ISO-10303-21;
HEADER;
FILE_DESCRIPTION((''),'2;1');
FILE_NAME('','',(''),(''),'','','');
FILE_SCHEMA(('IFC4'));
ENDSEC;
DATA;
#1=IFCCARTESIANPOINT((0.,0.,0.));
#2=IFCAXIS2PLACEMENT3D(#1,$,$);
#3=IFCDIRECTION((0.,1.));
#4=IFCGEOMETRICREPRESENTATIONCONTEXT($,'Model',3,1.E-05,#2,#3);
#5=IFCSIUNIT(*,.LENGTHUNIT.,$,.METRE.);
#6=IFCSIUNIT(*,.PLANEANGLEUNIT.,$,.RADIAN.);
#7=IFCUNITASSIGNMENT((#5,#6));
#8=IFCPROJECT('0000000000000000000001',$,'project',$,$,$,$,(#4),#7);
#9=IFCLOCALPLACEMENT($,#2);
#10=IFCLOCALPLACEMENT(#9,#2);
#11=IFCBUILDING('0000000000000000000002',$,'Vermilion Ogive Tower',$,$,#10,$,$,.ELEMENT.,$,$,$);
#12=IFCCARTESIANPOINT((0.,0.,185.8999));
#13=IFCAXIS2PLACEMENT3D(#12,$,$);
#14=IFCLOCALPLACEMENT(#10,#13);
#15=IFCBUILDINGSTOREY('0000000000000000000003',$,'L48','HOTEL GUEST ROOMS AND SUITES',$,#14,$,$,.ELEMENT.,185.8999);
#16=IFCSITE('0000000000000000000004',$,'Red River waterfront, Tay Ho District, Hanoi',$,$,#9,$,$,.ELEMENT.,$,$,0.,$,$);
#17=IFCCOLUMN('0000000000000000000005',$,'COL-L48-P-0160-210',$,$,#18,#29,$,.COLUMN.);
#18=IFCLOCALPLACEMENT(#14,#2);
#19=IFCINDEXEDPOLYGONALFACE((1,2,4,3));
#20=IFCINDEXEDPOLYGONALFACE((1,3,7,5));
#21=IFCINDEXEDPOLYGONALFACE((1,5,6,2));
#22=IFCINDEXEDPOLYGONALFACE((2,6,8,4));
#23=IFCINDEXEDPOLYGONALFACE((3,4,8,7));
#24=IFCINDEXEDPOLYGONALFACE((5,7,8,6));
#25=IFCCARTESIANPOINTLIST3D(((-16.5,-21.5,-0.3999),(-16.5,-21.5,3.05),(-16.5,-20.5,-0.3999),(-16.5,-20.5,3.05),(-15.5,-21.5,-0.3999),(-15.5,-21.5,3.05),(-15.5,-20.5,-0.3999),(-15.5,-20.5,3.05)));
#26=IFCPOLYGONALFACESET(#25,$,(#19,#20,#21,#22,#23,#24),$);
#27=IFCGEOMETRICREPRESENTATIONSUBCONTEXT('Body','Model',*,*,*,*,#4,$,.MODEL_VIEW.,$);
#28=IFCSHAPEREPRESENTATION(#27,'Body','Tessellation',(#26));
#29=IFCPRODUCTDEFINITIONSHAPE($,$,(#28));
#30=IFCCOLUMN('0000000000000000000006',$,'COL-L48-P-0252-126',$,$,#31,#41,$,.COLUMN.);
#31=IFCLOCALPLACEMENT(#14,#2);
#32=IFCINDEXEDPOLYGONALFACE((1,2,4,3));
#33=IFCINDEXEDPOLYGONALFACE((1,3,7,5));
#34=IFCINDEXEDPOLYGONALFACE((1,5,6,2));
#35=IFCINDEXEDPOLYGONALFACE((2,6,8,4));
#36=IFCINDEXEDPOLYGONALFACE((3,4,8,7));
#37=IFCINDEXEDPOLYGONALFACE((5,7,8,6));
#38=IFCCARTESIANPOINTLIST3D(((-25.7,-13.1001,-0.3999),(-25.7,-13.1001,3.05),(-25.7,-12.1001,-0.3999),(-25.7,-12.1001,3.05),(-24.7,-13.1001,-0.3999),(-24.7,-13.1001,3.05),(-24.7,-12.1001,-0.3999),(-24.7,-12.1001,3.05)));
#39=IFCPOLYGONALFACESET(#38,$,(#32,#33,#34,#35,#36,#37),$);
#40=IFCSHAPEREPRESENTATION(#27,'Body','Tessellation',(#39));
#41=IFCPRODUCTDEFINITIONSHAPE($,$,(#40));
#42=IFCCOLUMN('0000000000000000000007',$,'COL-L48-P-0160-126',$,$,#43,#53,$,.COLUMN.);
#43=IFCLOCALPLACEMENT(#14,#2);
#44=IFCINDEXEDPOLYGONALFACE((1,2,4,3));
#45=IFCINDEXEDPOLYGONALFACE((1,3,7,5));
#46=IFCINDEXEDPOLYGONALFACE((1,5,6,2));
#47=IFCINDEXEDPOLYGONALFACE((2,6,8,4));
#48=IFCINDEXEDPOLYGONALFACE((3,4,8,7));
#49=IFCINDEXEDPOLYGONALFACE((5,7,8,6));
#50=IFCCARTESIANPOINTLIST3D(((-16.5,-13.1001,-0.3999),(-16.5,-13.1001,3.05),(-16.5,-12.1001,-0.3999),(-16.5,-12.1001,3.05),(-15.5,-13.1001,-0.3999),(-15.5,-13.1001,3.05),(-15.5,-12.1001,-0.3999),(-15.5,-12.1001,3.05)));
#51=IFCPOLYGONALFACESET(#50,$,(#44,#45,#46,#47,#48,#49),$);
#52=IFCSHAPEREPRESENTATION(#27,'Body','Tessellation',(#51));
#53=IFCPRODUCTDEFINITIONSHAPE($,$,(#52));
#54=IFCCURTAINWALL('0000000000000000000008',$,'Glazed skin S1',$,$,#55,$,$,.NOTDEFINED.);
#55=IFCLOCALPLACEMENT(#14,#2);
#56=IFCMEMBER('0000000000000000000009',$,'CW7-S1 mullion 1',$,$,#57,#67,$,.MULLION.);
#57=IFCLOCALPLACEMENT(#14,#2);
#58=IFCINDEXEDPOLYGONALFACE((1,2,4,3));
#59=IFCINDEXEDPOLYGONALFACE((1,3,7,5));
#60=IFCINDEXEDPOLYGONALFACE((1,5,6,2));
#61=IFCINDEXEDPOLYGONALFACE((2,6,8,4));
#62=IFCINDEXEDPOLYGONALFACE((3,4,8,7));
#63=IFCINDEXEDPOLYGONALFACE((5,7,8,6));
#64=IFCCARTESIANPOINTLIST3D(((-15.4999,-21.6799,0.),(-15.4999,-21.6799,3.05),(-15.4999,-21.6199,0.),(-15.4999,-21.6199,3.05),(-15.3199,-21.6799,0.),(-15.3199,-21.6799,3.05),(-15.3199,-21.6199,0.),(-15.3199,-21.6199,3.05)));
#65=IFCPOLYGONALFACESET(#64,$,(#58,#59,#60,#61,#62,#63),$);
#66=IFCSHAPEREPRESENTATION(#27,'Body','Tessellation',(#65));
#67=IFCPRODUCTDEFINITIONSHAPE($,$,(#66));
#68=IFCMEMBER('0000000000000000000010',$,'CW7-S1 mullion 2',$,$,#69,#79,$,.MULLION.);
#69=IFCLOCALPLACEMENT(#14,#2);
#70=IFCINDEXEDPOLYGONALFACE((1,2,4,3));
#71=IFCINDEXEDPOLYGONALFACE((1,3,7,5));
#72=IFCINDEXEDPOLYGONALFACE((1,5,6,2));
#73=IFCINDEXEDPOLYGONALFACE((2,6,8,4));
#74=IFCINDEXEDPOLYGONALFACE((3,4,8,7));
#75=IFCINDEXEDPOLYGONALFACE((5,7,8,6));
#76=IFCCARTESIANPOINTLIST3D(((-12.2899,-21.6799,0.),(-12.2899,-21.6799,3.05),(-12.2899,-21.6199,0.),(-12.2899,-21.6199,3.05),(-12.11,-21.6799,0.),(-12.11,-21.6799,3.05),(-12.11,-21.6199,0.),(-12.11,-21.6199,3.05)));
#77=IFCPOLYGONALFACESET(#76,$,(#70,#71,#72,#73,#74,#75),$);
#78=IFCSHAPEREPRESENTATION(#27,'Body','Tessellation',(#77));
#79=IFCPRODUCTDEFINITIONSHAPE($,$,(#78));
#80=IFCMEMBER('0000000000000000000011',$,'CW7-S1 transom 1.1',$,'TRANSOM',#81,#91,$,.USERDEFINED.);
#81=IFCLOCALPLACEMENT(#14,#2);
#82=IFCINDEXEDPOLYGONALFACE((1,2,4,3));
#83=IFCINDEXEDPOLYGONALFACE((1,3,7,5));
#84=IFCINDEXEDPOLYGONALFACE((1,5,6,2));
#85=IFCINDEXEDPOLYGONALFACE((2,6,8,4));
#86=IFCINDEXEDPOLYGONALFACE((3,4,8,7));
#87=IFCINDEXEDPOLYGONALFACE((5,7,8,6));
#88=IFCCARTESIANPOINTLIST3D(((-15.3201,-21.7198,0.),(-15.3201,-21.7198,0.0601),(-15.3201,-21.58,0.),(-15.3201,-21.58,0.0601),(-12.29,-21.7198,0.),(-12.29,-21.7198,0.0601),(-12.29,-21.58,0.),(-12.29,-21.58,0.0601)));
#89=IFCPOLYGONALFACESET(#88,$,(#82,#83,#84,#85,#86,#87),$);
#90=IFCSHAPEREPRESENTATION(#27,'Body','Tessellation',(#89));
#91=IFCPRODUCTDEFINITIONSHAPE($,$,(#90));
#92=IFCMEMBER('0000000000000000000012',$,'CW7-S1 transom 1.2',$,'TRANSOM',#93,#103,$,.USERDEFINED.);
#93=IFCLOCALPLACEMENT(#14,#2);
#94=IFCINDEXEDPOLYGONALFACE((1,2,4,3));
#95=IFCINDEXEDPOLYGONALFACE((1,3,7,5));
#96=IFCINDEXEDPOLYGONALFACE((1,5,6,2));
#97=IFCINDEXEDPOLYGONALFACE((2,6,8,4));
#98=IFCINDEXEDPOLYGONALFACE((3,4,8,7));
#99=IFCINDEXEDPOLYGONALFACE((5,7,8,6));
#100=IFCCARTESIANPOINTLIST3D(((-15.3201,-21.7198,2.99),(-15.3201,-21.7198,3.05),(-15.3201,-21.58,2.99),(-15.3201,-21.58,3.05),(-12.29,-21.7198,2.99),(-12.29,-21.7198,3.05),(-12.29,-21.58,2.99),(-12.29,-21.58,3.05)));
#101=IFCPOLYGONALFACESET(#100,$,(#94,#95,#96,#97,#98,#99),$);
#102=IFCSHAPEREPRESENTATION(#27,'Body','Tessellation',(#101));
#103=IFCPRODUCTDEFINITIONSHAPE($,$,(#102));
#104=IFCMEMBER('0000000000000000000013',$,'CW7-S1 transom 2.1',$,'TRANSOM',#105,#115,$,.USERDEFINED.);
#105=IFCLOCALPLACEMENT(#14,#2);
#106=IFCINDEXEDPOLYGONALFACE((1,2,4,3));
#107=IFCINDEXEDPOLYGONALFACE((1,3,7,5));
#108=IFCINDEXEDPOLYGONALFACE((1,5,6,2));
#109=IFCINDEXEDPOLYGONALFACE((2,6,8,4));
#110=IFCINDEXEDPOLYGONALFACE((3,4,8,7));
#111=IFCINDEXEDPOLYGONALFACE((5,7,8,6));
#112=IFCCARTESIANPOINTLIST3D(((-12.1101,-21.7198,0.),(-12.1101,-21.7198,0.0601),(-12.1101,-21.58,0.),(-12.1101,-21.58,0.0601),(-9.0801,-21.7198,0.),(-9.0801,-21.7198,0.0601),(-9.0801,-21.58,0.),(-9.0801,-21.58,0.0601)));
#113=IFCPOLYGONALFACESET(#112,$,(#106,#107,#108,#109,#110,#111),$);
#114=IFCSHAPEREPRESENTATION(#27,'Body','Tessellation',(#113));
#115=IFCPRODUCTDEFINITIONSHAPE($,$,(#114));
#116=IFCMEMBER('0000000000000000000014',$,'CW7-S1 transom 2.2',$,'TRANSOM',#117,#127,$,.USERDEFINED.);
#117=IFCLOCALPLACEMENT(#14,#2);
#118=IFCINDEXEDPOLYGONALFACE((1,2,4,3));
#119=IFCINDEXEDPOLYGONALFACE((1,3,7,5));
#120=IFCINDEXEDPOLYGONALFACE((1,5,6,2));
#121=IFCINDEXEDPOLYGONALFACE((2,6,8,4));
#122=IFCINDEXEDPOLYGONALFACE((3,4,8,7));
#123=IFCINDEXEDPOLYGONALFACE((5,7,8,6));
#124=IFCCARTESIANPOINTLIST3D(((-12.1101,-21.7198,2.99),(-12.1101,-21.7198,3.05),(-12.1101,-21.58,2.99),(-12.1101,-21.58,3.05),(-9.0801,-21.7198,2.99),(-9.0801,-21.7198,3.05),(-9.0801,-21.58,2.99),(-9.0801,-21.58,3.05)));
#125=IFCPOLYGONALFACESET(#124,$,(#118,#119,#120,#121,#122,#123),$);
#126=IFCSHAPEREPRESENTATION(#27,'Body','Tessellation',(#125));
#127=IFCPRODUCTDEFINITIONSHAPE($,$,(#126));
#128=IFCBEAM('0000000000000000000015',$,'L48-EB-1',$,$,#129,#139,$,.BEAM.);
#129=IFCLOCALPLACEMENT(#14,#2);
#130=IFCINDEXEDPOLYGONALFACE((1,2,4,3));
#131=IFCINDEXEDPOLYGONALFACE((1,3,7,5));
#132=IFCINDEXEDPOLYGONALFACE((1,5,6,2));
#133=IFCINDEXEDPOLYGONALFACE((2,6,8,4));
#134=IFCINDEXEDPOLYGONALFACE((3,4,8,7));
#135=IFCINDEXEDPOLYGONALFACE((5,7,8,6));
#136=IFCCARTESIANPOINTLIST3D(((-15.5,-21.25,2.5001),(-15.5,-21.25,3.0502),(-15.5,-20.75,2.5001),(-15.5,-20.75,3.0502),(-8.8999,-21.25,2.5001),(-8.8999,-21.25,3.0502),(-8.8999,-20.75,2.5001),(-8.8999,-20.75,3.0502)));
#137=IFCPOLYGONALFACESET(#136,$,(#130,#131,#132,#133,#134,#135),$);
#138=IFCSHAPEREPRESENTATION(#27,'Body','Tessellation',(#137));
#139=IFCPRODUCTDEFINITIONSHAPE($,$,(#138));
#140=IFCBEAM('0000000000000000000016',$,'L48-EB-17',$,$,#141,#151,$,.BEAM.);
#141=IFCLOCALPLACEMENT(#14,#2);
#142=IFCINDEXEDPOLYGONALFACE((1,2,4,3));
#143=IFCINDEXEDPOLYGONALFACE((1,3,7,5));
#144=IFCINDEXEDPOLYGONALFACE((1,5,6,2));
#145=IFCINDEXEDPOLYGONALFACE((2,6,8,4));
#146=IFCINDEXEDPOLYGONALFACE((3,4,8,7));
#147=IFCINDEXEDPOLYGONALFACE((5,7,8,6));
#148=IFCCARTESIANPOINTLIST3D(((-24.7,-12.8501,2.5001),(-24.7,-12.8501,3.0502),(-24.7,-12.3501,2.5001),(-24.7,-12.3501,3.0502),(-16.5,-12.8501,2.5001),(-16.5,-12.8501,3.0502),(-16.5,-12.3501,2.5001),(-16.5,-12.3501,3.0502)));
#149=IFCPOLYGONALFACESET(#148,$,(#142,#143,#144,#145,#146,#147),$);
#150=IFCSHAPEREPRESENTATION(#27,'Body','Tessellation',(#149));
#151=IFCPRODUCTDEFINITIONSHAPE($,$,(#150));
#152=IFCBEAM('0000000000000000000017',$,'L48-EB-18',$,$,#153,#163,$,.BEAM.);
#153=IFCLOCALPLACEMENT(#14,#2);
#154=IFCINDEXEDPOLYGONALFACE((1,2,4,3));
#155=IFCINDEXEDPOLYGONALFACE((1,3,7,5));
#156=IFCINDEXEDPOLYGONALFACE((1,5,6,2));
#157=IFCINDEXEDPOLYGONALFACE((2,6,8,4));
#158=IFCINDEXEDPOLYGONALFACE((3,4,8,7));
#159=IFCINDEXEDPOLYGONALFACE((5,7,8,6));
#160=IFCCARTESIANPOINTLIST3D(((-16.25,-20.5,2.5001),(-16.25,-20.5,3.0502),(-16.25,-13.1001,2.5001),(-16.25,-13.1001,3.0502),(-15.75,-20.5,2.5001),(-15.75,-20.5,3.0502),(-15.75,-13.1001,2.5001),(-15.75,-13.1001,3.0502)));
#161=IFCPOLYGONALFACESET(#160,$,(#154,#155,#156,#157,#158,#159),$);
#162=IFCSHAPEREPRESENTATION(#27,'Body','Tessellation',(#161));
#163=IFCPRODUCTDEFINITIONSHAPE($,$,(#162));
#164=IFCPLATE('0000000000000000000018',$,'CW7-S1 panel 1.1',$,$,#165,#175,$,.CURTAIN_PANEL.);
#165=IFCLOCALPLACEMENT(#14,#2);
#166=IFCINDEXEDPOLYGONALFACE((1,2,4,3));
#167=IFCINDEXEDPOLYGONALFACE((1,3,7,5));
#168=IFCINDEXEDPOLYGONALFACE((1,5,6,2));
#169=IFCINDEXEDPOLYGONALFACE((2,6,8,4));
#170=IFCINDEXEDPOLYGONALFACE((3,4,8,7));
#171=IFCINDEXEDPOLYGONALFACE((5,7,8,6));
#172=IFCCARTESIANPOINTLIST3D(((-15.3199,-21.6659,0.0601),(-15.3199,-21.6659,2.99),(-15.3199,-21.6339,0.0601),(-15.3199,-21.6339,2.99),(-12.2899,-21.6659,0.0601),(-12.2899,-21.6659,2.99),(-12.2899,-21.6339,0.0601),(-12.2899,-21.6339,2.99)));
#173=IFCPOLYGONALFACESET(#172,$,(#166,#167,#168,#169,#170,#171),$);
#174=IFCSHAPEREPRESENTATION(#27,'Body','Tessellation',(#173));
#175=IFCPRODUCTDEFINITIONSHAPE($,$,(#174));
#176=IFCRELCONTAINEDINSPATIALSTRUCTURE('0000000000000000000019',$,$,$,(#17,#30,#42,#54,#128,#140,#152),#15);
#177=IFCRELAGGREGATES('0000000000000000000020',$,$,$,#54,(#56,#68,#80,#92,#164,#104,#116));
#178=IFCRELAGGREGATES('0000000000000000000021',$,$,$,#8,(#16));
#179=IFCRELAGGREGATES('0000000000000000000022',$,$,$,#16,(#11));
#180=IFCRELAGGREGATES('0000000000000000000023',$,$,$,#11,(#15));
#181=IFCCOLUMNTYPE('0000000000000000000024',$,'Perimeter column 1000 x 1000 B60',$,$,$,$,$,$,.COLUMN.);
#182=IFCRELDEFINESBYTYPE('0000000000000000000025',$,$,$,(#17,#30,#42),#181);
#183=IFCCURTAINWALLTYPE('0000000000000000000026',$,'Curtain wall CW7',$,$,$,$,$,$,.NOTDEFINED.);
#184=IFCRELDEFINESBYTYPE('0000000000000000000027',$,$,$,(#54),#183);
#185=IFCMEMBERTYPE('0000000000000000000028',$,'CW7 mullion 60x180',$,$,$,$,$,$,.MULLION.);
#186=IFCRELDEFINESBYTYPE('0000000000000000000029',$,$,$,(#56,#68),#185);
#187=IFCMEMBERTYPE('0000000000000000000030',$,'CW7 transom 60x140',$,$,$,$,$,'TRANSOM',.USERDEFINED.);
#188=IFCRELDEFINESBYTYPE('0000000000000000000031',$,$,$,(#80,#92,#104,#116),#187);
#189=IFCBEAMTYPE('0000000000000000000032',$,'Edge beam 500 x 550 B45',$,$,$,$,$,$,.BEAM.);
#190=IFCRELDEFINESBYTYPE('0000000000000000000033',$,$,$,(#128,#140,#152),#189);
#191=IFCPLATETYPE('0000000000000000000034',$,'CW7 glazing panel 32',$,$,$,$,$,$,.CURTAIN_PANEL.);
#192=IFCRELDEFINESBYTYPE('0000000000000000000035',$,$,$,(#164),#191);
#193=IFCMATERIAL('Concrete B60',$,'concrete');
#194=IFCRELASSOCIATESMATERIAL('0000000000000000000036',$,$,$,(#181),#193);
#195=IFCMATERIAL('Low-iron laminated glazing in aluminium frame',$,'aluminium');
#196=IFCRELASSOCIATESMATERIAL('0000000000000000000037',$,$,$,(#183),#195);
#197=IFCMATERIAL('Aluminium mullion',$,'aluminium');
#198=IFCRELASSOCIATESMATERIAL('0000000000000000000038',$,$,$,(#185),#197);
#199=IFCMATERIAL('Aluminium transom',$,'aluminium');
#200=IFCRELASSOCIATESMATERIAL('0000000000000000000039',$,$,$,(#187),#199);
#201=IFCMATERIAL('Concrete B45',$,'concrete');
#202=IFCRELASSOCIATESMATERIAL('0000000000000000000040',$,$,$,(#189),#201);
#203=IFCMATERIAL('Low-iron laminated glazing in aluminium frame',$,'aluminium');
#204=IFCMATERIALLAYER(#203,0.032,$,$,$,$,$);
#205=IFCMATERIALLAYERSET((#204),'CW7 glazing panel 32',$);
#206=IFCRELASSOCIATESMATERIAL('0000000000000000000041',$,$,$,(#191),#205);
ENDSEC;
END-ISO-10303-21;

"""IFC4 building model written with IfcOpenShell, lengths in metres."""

from ifc_helpers import new_model, si_unit, direction, frame, origin, origin_2d, place, context, subcontext, project, spatial, rectangle, extrude, material, layer, layer_set, material_profile, profile_set, type_object, element, aggregate, save


model = new_model("IFC4")

# Units and contexts
model_context = context("Model", 3, precision=1e-05, world=origin(), true_north=direction((0.0, 1.0)))
body_context = subcontext(model_context, "Body", "Model", "MODEL_VIEW")
ifc_project = project(units=[si_unit("LENGTHUNIT", "METRE"), si_unit("PLANEANGLEUNIT", "RADIAN")], contexts=[model_context])

# Site, building, storey
site_placement = place(None, origin())
site = spatial("IfcSite", under=ifc_project, at=site_placement, Name="Red River waterfront, Tay Ho District, Hanoi", CompositionType="ELEMENT", RefElevation=0.0)
building_placement = place(site_placement, origin())
building = spatial("IfcBuilding", under=site, at=building_placement, Name="Vermilion Ogive Tower", CompositionType="ELEMENT")
storey_placement = place(building_placement, frame((0.0, 0.0, 185.8999)))
storey = spatial("IfcBuildingStorey", under=building, at=storey_placement, Name="L48", Description="HOTEL GUEST ROOMS AND SUITES", CompositionType="ELEMENT", Elevation=185.8999)

# Columns
ifc_material_1 = material(Name="Concrete B60", Category="concrete")
ifc_material_profile_1 = material_profile(ifc_material_1, rectangle(XDim=1.0, YDim=1.0, at=origin_2d()), Name="1000 x 1000")
ifc_profile_set_1 = profile_set([ifc_material_profile_1], Name="Concrete B60")
column_type = type_object("IfcColumnType", Name="Perimeter column 1000 x 1000 B60", PredefinedType="COLUMN", material=ifc_profile_set_1)
for number, where, z_axis, x_axis, name in (
    (1, (-16.0, -21.0, -0.3999), (0.0, 0.0, 1.0), (1.0, 0.0, 0.0), "COL-L48-P-0160-210"),
    (2, (-25.2, -12.6001, -0.3999), (0.0, 0.0, 1.0), (1.0, 0.0, 0.0), "COL-L48-P-0252-126"),
    (3, (-16.0, -12.6001, -0.3999), (0.0, 0.0, 1.0), (1.0, 0.0, 0.0), "COL-L48-P-0160-126"),
):
    element("IfcColumn", number, at=place(storey_placement, frame(where, z_axis=z_axis, x_axis=x_axis)), inside=storey, type_object=column_type, Name=name, PredefinedType="COLUMN", context=body_context, shape_type="SweptSolid", body=[
        extrude(rectangle(XDim=1.0, YDim=1.0, at=origin_2d()), origin(), (0.0, 0.0, 1.0), 3.45),
    ])

# Curtain wall, members
ifc_material_2 = material(Name="Low-iron laminated glazing in aluminium frame", Category="aluminium")
curtain_wall_type = type_object("IfcCurtainWallType", Name="Curtain wall CW7", PredefinedType="NOTDEFINED", material=ifc_material_2)
curtain_wall_placement = place(storey_placement, origin())
curtain_wall = element("IfcCurtainWall", 4, at=curtain_wall_placement, inside=storey, type_object=curtain_wall_type, Name="Glazed skin S1", PredefinedType="NOTDEFINED")
ifc_material_3 = material(Name="Aluminium mullion", Category="aluminium")
ifc_material_profile_2 = material_profile(ifc_material_3, rectangle(XDim=0.0601, YDim=0.1799, at=origin_2d()), Name="AL 60x180")
ifc_profile_set_2 = profile_set([ifc_material_profile_2], Name="Aluminium mullion")
member_type_1 = type_object("IfcMemberType", Name="CW7 mullion 60x180", PredefinedType="MULLION", material=ifc_profile_set_2)
member_1_placement = place(storey_placement, frame((-15.4099, -21.6499, 0.0), z_axis=(0.0, 0.0, 1.0), x_axis=(0.0, 1.0, 0.0)))
member_1 = element("IfcMember", 5, at=member_1_placement, type_object=member_type_1, Name="CW7-S1 mullion 1", PredefinedType="MULLION", context=body_context, shape_type="SweptSolid", body=[
    extrude(rectangle(XDim=0.0601, YDim=0.1799, at=origin_2d()), origin(), (0.0, 0.0, 1.0), 3.05),
])
member_2_placement = place(storey_placement, frame((-12.2, -21.6499, 0.0), z_axis=(0.0, 0.0, 1.0), x_axis=(0.0, 1.0, 0.0)))
member_2 = element("IfcMember", 6, at=member_2_placement, type_object=member_type_1, Name="CW7-S1 mullion 2", PredefinedType="MULLION", context=body_context, shape_type="SweptSolid", body=[
    extrude(rectangle(XDim=0.0601, YDim=0.1799, at=origin_2d()), origin(), (0.0, 0.0, 1.0), 3.05),
])
ifc_material_4 = material(Name="Aluminium transom", Category="aluminium")
ifc_material_profile_3 = material_profile(ifc_material_4, rectangle(XDim=0.1399, YDim=0.0601, at=origin_2d()), Name="AL 60x140")
ifc_profile_set_3 = profile_set([ifc_material_profile_3], Name="Aluminium transom")
member_type_2 = type_object("IfcMemberType", Name="CW7 transom 60x140", ElementType="TRANSOM", PredefinedType="USERDEFINED", material=ifc_profile_set_3)
member_3_placement = place(storey_placement, frame((-15.3201, -21.6499, 0.03), z_axis=(1.0, 0.0, 0.0), x_axis=(0.0, 1.0, 0.0)))
member_3 = element("IfcMember", 7, at=member_3_placement, type_object=member_type_2, Name="CW7-S1 transom 1.1", ObjectType="TRANSOM", PredefinedType="USERDEFINED", context=body_context, shape_type="SweptSolid", body=[
    extrude(rectangle(XDim=0.1399, YDim=0.0601, at=origin_2d()), origin(), (0.0, 0.0, 1.0), 3.03),
])
member_4_placement = place(storey_placement, frame((-15.3201, -21.6499, 3.02), z_axis=(1.0, 0.0, 0.0), x_axis=(0.0, 1.0, 0.0)))
member_4 = element("IfcMember", 8, at=member_4_placement, type_object=member_type_2, Name="CW7-S1 transom 1.2", ObjectType="TRANSOM", PredefinedType="USERDEFINED", context=body_context, shape_type="SweptSolid", body=[
    extrude(rectangle(XDim=0.1399, YDim=0.0601, at=origin_2d()), origin(), (0.0, 0.0, 1.0), 3.03),
])
member_5_placement = place(storey_placement, frame((-12.1101, -21.6499, 0.03), z_axis=(1.0, 0.0, 0.0), x_axis=(0.0, 1.0, 0.0)))
member_5 = element("IfcMember", 9, at=member_5_placement, type_object=member_type_2, Name="CW7-S1 transom 2.1", ObjectType="TRANSOM", PredefinedType="USERDEFINED", context=body_context, shape_type="SweptSolid", body=[
    extrude(rectangle(XDim=0.1399, YDim=0.0601, at=origin_2d()), origin(), (0.0, 0.0, 1.0), 3.03),
])
member_6_placement = place(storey_placement, frame((-12.1101, -21.6499, 3.02), z_axis=(1.0, 0.0, 0.0), x_axis=(0.0, 1.0, 0.0)))
member_6 = element("IfcMember", 10, at=member_6_placement, type_object=member_type_2, Name="CW7-S1 transom 2.2", ObjectType="TRANSOM", PredefinedType="USERDEFINED", context=body_context, shape_type="SweptSolid", body=[
    extrude(rectangle(XDim=0.1399, YDim=0.0601, at=origin_2d()), origin(), (0.0, 0.0, 1.0), 3.03),
])

# Beams
ifc_material_5 = material(Name="Concrete B45", Category="concrete")
ifc_material_profile_4 = material_profile(ifc_material_5, rectangle(XDim=0.5, YDim=0.55, at=origin_2d()), Name="500 x 550")
ifc_profile_set_4 = profile_set([ifc_material_profile_4], Name="Concrete B45")
beam_type = type_object("IfcBeamType", Name="Edge beam 500 x 550 B45", PredefinedType="BEAM", material=ifc_profile_set_4)
beam_1_placement = place(storey_placement, frame((-15.5, -21.0, 2.7751), z_axis=(1.0, 0.0, 0.0), x_axis=(0.0, 1.0, 0.0)))
element("IfcBeam", 11, at=beam_1_placement, inside=storey, type_object=beam_type, Name="L48-EB-1", PredefinedType="BEAM", context=body_context, shape_type="SweptSolid", body=[
    extrude(rectangle(XDim=0.5, YDim=0.55, at=origin_2d()), origin(), (0.0, 0.0, 1.0), 6.6001),
])
beam_2_placement = place(storey_placement, frame((-24.7, -12.6001, 2.7751), z_axis=(1.0, 0.0, 0.0), x_axis=(0.0, 1.0, 0.0)))
element("IfcBeam", 12, at=beam_2_placement, inside=storey, type_object=beam_type, Name="L48-EB-17", PredefinedType="BEAM", context=body_context, shape_type="SweptSolid", body=[
    extrude(rectangle(XDim=0.5, YDim=0.55, at=origin_2d()), origin(), (0.0, 0.0, 1.0), 8.2),
])
beam_3_placement = place(storey_placement, frame((-16.0, -13.1001, 2.7751), z_axis=(0.0, -1.0, 0.0), x_axis=(1.0, 0.0, 0.0)))
element("IfcBeam", 13, at=beam_3_placement, inside=storey, type_object=beam_type, Name="L48-EB-18", PredefinedType="BEAM", context=body_context, shape_type="SweptSolid", body=[
    extrude(rectangle(XDim=0.5, YDim=0.55, at=origin_2d()), origin(), (0.0, 0.0, 1.0), 7.3999),
])

# Plate
ifc_material_6 = material(Name="Low-iron laminated glazing in aluminium frame", Category="aluminium")
ifc_layer_1 = layer(ifc_material_6, 0.032)
ifc_layer_set_1 = layer_set([ifc_layer_1], Name="CW7 glazing panel 32")
plate_type = type_object("IfcPlateType", Name="CW7 glazing panel 32", PredefinedType="CURTAIN_PANEL", material=ifc_layer_set_1)
plate_placement = place(storey_placement, frame((-13.8049, -21.6499, 0.0601), z_axis=(0.0, 0.0, 1.0), x_axis=(1.0, 0.0, 0.0)))
plate = element("IfcPlate", 14, at=plate_placement, type_object=plate_type, Name="CW7-S1 panel 1.1", PredefinedType="CURTAIN_PANEL", context=body_context, shape_type="SweptSolid", body=[
    extrude(rectangle(XDim=3.03, YDim=0.032, at=origin_2d()), origin(), (0.0, 0.0, 1.0), 2.9299),
])
aggregate(curtain_wall, [member_1, member_2, member_3, member_4, plate, member_5, member_6])

save(model, "model.ifc")
